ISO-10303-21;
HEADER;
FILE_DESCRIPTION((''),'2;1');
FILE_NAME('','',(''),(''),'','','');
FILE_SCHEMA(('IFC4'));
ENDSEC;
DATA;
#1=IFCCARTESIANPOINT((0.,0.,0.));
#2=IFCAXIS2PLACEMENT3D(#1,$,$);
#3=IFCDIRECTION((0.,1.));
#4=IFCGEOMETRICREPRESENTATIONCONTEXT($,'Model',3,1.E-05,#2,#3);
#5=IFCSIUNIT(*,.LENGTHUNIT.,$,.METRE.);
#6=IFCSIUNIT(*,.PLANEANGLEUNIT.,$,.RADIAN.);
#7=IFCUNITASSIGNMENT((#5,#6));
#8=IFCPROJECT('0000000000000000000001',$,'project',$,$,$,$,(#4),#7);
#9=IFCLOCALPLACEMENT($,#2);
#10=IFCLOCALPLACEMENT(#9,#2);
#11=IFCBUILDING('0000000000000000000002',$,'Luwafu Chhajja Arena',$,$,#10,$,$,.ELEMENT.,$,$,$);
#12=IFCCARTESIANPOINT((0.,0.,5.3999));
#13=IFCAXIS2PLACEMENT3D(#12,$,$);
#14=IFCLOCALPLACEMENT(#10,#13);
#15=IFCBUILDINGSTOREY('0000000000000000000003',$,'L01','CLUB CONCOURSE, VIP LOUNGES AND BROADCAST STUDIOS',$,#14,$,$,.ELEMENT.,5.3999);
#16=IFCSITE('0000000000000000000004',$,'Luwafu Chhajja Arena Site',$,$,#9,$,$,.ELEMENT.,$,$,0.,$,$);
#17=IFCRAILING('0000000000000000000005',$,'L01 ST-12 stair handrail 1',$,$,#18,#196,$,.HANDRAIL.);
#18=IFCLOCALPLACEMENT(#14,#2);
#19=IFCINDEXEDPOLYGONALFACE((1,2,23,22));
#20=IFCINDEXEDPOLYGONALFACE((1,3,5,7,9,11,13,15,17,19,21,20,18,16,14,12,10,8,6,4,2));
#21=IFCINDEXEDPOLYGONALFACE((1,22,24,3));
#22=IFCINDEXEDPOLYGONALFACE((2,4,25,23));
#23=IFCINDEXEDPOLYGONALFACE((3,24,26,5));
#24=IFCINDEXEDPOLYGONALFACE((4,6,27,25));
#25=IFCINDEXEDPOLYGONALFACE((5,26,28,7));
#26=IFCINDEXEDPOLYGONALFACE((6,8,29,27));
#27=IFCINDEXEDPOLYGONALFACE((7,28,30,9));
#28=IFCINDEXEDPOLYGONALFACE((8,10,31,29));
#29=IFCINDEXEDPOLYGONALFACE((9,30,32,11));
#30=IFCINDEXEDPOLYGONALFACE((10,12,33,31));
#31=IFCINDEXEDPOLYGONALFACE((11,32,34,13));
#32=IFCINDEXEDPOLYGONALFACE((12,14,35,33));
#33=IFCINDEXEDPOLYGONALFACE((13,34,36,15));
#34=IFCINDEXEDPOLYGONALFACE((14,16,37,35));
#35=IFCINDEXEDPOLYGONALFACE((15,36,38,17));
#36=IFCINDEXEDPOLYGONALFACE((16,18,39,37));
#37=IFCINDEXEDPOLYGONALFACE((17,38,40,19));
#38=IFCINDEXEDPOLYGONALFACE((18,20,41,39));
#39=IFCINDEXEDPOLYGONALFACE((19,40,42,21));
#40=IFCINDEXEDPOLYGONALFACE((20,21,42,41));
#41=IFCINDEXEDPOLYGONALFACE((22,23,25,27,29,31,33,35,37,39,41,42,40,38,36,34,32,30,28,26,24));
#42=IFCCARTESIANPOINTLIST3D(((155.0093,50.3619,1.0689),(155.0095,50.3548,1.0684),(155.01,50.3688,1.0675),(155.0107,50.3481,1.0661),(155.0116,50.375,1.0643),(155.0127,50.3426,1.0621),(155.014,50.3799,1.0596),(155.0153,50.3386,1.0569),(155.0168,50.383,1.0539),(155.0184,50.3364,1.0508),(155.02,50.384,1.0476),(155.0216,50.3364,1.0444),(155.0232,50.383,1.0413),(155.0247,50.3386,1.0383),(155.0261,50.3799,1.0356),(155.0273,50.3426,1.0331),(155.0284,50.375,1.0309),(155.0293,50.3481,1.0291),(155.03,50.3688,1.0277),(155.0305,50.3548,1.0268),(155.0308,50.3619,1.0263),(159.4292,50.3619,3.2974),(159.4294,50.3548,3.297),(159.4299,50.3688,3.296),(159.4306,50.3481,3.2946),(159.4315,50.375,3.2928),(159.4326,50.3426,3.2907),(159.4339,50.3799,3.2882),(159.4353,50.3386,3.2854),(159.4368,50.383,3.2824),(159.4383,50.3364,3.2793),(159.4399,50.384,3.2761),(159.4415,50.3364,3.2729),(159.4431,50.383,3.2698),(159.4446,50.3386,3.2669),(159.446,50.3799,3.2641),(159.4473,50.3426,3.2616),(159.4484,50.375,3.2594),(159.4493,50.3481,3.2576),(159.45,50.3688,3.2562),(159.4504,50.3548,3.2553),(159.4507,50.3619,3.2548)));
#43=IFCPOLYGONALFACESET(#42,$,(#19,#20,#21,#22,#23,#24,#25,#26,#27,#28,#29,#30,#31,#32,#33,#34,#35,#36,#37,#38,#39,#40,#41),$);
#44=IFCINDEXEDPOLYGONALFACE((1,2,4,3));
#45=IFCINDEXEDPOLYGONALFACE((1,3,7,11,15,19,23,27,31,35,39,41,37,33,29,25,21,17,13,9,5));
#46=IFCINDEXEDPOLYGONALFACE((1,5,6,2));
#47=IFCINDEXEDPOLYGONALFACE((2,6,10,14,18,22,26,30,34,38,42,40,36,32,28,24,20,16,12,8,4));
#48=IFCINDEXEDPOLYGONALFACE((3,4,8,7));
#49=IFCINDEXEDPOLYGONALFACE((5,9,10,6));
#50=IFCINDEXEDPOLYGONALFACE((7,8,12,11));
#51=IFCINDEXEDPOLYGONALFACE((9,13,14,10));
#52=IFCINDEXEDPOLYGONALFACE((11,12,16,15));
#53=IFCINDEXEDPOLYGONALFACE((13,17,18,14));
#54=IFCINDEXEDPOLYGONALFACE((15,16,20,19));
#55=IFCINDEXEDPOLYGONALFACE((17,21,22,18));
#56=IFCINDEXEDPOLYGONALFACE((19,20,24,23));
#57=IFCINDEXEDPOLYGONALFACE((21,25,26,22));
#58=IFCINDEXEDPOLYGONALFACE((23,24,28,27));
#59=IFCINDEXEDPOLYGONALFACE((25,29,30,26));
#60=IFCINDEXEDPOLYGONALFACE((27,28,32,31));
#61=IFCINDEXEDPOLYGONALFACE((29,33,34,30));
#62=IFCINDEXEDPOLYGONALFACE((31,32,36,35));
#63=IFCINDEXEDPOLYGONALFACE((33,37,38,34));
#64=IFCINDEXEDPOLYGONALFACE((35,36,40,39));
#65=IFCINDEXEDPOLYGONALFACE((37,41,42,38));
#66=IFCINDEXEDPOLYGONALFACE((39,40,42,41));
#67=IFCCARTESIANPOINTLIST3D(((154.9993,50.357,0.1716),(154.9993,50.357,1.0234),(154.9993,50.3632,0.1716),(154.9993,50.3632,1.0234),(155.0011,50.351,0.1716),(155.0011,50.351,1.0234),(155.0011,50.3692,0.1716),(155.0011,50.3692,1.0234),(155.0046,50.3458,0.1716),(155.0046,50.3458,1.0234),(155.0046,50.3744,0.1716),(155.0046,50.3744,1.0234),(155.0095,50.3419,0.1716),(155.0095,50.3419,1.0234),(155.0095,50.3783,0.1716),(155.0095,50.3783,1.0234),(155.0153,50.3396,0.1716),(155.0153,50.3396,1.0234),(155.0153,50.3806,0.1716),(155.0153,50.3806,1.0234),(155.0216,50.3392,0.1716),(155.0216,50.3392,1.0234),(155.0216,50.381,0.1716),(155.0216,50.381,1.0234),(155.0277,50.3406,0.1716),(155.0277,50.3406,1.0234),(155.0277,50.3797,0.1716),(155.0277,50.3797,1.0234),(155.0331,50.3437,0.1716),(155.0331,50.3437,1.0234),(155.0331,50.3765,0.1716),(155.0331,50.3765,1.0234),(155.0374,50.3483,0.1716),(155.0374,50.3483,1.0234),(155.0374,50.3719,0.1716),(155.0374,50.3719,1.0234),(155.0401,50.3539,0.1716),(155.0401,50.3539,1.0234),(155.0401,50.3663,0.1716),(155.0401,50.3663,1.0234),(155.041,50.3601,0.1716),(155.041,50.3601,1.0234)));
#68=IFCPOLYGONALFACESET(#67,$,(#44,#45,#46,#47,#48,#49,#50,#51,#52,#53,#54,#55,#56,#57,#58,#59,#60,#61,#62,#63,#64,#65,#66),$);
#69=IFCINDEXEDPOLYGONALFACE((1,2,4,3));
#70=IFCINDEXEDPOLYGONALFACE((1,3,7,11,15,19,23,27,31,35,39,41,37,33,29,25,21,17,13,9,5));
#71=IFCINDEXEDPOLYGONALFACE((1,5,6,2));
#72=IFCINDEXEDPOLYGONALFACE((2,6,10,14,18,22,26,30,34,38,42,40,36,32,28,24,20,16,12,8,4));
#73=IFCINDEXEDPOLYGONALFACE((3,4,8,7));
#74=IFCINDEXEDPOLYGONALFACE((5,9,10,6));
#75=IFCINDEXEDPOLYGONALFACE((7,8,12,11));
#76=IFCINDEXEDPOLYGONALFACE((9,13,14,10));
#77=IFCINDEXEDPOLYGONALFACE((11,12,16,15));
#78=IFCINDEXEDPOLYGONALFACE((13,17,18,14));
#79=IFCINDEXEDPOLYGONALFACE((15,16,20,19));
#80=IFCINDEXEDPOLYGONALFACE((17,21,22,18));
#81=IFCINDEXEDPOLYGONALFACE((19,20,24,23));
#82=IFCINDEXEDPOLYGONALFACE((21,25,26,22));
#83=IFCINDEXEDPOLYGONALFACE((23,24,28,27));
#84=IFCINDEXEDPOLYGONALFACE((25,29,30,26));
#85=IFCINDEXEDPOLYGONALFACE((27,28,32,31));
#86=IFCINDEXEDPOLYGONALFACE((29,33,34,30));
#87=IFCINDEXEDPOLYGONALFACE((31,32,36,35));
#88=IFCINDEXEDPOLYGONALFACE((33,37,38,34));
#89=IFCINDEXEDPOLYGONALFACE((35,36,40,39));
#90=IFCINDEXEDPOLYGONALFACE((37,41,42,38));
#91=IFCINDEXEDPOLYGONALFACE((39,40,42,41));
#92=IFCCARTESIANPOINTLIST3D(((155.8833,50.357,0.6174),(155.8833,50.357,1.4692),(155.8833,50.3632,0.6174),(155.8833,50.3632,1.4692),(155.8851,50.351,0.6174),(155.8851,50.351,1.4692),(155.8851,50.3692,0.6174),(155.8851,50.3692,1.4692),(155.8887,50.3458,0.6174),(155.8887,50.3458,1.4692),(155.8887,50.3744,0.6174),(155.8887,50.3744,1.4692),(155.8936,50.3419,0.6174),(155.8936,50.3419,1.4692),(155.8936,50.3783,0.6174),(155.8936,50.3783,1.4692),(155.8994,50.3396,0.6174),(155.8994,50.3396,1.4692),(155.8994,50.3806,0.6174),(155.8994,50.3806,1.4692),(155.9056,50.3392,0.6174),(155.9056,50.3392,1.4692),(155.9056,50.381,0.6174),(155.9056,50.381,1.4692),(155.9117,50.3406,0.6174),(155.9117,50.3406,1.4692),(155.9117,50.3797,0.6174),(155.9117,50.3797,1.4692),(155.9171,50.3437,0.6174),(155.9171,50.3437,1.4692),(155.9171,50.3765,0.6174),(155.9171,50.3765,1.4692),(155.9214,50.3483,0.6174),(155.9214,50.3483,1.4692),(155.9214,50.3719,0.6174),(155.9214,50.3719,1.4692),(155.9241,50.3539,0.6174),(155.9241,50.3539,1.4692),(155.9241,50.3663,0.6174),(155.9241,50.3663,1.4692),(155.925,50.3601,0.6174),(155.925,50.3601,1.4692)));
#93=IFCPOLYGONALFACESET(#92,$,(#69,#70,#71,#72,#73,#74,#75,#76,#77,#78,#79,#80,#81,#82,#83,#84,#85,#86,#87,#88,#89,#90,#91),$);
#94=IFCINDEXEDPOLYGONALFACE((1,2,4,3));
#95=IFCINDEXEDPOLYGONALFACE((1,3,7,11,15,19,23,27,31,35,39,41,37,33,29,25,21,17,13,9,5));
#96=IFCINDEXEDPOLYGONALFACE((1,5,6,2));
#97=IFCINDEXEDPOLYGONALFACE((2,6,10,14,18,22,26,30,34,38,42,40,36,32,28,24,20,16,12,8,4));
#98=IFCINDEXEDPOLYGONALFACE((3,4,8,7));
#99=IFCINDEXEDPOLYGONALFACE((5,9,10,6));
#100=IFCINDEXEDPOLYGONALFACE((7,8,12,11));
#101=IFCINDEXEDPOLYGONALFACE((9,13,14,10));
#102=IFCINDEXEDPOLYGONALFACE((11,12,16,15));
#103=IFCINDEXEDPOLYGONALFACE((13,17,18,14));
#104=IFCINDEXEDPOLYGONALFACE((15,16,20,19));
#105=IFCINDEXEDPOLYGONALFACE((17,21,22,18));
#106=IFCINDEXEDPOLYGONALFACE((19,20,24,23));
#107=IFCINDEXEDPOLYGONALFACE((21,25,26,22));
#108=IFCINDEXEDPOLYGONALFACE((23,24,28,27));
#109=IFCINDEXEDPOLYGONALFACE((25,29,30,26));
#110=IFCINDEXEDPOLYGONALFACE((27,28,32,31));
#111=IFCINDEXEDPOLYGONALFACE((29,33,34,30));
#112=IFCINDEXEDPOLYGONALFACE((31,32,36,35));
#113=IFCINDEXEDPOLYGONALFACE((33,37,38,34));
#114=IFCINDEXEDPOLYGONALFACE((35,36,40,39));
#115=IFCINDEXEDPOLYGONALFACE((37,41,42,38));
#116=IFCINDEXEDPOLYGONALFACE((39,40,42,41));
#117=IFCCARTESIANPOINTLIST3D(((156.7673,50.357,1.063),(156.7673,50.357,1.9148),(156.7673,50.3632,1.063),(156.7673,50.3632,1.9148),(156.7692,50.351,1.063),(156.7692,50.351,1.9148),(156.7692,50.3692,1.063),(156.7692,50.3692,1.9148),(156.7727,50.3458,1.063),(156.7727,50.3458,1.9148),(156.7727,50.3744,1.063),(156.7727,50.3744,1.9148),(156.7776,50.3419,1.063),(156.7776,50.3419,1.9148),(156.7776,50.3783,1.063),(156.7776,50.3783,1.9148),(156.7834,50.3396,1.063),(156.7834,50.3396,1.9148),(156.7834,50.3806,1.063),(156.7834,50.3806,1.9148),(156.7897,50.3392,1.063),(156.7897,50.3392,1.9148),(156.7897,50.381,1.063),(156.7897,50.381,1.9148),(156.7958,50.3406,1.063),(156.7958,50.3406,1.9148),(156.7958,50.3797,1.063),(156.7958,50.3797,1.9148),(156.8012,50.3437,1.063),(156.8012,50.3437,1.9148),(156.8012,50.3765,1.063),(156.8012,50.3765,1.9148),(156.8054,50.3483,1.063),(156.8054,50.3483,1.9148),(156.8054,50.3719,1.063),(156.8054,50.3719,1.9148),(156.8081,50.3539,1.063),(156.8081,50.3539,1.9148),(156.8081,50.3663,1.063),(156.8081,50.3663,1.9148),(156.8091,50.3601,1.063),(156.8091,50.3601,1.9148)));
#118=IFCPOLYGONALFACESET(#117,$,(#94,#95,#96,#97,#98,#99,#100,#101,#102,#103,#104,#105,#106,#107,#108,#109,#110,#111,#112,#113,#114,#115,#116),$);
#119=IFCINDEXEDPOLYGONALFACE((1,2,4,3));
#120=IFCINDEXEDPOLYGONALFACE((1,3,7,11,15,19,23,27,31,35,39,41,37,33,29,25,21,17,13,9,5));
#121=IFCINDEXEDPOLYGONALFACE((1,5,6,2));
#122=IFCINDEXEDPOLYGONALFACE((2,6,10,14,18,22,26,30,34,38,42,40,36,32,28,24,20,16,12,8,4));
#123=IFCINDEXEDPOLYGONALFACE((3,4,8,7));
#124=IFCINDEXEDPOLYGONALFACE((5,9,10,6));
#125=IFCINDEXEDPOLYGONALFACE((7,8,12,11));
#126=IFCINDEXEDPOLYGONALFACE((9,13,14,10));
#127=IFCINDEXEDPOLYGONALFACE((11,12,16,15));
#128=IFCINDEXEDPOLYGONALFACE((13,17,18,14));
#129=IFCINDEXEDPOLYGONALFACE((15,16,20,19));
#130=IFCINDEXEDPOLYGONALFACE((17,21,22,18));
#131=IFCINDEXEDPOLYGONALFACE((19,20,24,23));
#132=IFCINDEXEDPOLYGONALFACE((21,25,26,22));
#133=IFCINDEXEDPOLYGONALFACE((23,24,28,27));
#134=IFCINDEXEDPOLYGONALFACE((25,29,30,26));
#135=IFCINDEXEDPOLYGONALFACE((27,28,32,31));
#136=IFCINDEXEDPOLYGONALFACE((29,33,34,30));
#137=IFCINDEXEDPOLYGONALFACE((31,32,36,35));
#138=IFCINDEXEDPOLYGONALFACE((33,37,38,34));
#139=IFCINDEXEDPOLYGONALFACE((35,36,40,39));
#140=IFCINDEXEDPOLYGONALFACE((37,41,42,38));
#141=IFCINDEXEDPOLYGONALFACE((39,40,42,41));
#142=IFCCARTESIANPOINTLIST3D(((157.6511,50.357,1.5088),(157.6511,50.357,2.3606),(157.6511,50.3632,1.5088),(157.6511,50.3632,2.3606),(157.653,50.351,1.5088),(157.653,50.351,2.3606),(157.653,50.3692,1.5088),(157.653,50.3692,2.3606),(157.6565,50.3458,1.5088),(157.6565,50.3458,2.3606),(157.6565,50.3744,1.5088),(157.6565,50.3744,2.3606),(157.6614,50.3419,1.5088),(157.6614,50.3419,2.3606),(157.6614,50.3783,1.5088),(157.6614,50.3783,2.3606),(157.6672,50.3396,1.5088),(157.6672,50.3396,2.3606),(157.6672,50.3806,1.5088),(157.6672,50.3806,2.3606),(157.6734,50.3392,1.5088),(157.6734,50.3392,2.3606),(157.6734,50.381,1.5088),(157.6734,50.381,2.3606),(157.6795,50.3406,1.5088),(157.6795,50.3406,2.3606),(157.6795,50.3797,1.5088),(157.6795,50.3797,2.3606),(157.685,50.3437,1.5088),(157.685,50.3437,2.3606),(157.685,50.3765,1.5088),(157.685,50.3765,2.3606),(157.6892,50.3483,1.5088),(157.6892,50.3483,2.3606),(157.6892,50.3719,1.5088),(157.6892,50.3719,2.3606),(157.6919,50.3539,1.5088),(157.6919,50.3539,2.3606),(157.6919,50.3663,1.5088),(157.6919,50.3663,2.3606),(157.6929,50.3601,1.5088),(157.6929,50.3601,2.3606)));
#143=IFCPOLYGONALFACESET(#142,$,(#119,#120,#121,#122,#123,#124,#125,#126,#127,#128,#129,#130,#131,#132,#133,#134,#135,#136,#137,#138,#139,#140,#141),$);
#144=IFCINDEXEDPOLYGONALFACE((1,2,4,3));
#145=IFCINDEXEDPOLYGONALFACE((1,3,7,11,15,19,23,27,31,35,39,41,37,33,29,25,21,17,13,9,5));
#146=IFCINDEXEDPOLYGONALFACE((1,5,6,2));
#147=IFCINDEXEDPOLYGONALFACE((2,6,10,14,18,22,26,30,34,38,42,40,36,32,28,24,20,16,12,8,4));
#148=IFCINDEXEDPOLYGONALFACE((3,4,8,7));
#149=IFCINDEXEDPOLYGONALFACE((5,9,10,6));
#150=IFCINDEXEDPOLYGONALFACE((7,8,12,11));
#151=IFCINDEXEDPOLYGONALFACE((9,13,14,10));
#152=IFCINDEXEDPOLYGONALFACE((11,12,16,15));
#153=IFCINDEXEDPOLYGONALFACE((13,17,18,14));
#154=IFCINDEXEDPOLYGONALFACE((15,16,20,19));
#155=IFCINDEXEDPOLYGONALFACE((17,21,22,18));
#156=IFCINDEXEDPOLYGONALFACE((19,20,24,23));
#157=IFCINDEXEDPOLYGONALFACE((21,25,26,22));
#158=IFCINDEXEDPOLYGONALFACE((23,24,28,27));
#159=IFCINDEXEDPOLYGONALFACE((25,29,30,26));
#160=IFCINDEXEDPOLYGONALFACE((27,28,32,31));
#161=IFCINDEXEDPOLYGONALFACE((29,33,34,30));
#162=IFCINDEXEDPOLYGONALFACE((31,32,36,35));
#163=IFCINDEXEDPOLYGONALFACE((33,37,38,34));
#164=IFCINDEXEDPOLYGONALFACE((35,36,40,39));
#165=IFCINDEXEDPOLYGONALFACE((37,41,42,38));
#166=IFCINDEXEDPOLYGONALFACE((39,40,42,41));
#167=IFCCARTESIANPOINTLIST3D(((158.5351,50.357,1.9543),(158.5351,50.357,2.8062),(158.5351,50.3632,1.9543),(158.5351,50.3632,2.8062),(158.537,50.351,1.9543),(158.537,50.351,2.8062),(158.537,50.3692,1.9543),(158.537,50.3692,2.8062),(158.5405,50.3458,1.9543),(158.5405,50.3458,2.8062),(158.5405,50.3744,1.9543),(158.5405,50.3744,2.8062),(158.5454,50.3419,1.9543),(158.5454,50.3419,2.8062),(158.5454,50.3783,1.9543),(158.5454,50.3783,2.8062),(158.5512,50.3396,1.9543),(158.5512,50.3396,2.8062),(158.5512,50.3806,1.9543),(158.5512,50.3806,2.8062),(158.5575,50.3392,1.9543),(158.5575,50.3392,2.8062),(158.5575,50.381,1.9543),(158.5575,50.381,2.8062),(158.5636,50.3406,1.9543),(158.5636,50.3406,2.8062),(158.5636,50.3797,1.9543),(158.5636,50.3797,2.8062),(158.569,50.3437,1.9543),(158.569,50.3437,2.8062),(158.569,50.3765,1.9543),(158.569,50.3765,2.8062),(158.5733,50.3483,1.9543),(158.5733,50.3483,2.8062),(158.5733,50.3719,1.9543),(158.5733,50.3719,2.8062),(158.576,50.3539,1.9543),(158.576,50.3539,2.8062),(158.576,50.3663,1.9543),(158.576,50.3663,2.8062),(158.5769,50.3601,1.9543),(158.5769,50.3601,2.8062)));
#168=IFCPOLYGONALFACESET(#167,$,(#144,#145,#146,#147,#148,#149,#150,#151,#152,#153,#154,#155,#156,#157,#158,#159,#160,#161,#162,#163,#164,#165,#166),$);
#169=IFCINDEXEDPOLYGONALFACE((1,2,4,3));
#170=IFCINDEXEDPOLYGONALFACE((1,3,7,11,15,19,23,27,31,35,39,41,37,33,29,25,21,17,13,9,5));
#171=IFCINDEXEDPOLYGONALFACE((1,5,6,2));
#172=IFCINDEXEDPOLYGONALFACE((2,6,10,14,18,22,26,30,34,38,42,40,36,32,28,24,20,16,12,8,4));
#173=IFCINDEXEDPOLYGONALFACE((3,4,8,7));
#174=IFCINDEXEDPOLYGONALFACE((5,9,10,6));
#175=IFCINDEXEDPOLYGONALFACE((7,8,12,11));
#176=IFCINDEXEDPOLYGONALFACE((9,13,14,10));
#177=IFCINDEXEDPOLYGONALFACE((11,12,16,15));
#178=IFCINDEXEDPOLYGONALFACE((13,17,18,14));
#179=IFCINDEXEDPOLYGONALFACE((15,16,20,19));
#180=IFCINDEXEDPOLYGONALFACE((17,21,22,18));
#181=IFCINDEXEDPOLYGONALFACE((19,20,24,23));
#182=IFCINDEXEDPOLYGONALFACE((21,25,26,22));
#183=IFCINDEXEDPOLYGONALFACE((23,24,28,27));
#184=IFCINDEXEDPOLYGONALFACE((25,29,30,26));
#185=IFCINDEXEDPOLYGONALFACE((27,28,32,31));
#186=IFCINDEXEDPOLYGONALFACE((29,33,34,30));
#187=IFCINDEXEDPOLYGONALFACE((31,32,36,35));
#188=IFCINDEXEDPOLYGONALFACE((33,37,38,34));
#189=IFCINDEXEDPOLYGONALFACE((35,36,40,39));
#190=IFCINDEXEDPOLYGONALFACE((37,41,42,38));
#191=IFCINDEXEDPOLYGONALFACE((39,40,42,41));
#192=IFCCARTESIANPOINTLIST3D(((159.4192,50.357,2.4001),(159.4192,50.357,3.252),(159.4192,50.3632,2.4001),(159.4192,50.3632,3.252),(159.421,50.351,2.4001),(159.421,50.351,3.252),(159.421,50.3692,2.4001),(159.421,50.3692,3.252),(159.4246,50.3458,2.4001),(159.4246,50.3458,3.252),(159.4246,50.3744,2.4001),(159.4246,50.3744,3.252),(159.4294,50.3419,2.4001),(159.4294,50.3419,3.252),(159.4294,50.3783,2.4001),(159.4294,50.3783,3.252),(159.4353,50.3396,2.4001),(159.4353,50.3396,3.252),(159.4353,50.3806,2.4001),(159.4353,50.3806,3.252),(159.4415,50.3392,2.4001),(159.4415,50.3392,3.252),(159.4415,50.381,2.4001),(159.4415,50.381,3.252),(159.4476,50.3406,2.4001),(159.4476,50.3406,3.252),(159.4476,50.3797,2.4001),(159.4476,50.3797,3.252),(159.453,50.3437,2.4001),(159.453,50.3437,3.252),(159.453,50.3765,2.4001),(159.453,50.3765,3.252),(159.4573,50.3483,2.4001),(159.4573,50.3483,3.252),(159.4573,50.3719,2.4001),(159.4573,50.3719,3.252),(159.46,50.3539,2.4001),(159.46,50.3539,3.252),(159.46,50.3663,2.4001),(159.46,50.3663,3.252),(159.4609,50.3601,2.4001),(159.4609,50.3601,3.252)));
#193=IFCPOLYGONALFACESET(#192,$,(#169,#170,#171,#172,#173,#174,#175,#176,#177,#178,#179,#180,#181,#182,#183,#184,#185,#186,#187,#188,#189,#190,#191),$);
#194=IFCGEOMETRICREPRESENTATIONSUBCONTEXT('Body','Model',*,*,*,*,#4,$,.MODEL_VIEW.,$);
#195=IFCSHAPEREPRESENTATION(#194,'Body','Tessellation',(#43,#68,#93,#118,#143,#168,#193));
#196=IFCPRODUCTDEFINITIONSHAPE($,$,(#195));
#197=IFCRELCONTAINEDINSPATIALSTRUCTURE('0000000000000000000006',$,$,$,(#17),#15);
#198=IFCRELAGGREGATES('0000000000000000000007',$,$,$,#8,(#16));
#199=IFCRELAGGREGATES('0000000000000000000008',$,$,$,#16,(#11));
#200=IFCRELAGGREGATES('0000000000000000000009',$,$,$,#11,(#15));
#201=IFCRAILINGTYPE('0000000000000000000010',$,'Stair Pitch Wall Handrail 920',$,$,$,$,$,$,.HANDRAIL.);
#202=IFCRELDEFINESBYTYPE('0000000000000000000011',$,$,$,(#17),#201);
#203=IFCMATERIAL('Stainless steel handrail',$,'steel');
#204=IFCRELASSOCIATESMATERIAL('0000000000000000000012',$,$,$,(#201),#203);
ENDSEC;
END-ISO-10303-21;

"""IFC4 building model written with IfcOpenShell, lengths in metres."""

from ifc_helpers import new_model, si_unit, direction, frame, origin, origin_2d, place, context, subcontext, project, spatial, circle, extrude, material, type_object, element, save


model = new_model("IFC4")

# Units and contexts
model_context = context("Model", 3, precision=1e-05, world=origin(), true_north=direction((0.0, 1.0)))
body_context = subcontext(model_context, "Body", "Model", "MODEL_VIEW")
ifc_project = project(units=[si_unit("LENGTHUNIT", "METRE"), si_unit("PLANEANGLEUNIT", "RADIAN")], contexts=[model_context])

# Site, building, storey
site_placement = place(None, origin())
site = spatial("IfcSite", under=ifc_project, at=site_placement, Name="Luwafu Chhajja Arena Site", CompositionType="ELEMENT", RefElevation=0.0)
building_placement = place(site_placement, origin())
building = spatial("IfcBuilding", under=site, at=building_placement, Name="Luwafu Chhajja Arena", CompositionType="ELEMENT")
storey_placement = place(building_placement, frame((0.0, 0.0, 5.3999)))
storey = spatial("IfcBuildingStorey", under=building, at=storey_placement, Name="L01", Description="CLUB CONCOURSE, VIP LOUNGES AND BROADCAST STUDIOS", CompositionType="ELEMENT", Elevation=5.3999)

# Railing
ifc_material_1 = material(Name="Stainless steel handrail", Category="steel")
railing_type_1 = type_object("IfcRailingType", Name="Stair Pitch Wall Handrail 920", PredefinedType="HANDRAIL", material=ifc_material_1)
for number, where, name in (
    (1, (155.02, 50.3601, 0.1716), "L01 ST-12 stair handrail 1"),
):
    element("IfcRailing", number, at=place(storey_placement, frame(where)), inside=storey, type_object=railing_type_1, Name=name, PredefinedType="HANDRAIL", context=body_context, shape_type="SweptSolid", body=[
        extrude(circle(Radius=0.0239, at=origin_2d()), frame((0.0, 0.0, 0.876), z_axis=(0.892923, 0.0, 0.45021), x_axis=(0.0, 1.0, 0.0)), (0.0, 0.0, 1.0), 4.95),
        extrude(circle(Radius=0.021, at=origin_2d()), origin(), (0.0, 0.0, 1.0), 0.8518),
        extrude(circle(Radius=0.021, at=origin_2d()), frame((0.884, 0.0, 0.4458)), (0.0, 0.0, 1.0), 0.8518),
        extrude(circle(Radius=0.021, at=origin_2d()), frame((1.7681, 0.0, 0.8914)), (0.0, 0.0, 1.0), 0.8518),
        extrude(circle(Radius=0.021, at=origin_2d()), frame((2.6519, 0.0, 1.3372)), (0.0, 0.0, 1.0), 0.8518),
        extrude(circle(Radius=0.021, at=origin_2d()), frame((3.5359, 0.0, 1.7827)), (0.0, 0.0, 1.0), 0.8518),
        extrude(circle(Radius=0.021, at=origin_2d()), frame((4.4199, 0.0, 2.2285)), (0.0, 0.0, 1.0), 0.8518),
    ])

save(model, "model.ifc")
